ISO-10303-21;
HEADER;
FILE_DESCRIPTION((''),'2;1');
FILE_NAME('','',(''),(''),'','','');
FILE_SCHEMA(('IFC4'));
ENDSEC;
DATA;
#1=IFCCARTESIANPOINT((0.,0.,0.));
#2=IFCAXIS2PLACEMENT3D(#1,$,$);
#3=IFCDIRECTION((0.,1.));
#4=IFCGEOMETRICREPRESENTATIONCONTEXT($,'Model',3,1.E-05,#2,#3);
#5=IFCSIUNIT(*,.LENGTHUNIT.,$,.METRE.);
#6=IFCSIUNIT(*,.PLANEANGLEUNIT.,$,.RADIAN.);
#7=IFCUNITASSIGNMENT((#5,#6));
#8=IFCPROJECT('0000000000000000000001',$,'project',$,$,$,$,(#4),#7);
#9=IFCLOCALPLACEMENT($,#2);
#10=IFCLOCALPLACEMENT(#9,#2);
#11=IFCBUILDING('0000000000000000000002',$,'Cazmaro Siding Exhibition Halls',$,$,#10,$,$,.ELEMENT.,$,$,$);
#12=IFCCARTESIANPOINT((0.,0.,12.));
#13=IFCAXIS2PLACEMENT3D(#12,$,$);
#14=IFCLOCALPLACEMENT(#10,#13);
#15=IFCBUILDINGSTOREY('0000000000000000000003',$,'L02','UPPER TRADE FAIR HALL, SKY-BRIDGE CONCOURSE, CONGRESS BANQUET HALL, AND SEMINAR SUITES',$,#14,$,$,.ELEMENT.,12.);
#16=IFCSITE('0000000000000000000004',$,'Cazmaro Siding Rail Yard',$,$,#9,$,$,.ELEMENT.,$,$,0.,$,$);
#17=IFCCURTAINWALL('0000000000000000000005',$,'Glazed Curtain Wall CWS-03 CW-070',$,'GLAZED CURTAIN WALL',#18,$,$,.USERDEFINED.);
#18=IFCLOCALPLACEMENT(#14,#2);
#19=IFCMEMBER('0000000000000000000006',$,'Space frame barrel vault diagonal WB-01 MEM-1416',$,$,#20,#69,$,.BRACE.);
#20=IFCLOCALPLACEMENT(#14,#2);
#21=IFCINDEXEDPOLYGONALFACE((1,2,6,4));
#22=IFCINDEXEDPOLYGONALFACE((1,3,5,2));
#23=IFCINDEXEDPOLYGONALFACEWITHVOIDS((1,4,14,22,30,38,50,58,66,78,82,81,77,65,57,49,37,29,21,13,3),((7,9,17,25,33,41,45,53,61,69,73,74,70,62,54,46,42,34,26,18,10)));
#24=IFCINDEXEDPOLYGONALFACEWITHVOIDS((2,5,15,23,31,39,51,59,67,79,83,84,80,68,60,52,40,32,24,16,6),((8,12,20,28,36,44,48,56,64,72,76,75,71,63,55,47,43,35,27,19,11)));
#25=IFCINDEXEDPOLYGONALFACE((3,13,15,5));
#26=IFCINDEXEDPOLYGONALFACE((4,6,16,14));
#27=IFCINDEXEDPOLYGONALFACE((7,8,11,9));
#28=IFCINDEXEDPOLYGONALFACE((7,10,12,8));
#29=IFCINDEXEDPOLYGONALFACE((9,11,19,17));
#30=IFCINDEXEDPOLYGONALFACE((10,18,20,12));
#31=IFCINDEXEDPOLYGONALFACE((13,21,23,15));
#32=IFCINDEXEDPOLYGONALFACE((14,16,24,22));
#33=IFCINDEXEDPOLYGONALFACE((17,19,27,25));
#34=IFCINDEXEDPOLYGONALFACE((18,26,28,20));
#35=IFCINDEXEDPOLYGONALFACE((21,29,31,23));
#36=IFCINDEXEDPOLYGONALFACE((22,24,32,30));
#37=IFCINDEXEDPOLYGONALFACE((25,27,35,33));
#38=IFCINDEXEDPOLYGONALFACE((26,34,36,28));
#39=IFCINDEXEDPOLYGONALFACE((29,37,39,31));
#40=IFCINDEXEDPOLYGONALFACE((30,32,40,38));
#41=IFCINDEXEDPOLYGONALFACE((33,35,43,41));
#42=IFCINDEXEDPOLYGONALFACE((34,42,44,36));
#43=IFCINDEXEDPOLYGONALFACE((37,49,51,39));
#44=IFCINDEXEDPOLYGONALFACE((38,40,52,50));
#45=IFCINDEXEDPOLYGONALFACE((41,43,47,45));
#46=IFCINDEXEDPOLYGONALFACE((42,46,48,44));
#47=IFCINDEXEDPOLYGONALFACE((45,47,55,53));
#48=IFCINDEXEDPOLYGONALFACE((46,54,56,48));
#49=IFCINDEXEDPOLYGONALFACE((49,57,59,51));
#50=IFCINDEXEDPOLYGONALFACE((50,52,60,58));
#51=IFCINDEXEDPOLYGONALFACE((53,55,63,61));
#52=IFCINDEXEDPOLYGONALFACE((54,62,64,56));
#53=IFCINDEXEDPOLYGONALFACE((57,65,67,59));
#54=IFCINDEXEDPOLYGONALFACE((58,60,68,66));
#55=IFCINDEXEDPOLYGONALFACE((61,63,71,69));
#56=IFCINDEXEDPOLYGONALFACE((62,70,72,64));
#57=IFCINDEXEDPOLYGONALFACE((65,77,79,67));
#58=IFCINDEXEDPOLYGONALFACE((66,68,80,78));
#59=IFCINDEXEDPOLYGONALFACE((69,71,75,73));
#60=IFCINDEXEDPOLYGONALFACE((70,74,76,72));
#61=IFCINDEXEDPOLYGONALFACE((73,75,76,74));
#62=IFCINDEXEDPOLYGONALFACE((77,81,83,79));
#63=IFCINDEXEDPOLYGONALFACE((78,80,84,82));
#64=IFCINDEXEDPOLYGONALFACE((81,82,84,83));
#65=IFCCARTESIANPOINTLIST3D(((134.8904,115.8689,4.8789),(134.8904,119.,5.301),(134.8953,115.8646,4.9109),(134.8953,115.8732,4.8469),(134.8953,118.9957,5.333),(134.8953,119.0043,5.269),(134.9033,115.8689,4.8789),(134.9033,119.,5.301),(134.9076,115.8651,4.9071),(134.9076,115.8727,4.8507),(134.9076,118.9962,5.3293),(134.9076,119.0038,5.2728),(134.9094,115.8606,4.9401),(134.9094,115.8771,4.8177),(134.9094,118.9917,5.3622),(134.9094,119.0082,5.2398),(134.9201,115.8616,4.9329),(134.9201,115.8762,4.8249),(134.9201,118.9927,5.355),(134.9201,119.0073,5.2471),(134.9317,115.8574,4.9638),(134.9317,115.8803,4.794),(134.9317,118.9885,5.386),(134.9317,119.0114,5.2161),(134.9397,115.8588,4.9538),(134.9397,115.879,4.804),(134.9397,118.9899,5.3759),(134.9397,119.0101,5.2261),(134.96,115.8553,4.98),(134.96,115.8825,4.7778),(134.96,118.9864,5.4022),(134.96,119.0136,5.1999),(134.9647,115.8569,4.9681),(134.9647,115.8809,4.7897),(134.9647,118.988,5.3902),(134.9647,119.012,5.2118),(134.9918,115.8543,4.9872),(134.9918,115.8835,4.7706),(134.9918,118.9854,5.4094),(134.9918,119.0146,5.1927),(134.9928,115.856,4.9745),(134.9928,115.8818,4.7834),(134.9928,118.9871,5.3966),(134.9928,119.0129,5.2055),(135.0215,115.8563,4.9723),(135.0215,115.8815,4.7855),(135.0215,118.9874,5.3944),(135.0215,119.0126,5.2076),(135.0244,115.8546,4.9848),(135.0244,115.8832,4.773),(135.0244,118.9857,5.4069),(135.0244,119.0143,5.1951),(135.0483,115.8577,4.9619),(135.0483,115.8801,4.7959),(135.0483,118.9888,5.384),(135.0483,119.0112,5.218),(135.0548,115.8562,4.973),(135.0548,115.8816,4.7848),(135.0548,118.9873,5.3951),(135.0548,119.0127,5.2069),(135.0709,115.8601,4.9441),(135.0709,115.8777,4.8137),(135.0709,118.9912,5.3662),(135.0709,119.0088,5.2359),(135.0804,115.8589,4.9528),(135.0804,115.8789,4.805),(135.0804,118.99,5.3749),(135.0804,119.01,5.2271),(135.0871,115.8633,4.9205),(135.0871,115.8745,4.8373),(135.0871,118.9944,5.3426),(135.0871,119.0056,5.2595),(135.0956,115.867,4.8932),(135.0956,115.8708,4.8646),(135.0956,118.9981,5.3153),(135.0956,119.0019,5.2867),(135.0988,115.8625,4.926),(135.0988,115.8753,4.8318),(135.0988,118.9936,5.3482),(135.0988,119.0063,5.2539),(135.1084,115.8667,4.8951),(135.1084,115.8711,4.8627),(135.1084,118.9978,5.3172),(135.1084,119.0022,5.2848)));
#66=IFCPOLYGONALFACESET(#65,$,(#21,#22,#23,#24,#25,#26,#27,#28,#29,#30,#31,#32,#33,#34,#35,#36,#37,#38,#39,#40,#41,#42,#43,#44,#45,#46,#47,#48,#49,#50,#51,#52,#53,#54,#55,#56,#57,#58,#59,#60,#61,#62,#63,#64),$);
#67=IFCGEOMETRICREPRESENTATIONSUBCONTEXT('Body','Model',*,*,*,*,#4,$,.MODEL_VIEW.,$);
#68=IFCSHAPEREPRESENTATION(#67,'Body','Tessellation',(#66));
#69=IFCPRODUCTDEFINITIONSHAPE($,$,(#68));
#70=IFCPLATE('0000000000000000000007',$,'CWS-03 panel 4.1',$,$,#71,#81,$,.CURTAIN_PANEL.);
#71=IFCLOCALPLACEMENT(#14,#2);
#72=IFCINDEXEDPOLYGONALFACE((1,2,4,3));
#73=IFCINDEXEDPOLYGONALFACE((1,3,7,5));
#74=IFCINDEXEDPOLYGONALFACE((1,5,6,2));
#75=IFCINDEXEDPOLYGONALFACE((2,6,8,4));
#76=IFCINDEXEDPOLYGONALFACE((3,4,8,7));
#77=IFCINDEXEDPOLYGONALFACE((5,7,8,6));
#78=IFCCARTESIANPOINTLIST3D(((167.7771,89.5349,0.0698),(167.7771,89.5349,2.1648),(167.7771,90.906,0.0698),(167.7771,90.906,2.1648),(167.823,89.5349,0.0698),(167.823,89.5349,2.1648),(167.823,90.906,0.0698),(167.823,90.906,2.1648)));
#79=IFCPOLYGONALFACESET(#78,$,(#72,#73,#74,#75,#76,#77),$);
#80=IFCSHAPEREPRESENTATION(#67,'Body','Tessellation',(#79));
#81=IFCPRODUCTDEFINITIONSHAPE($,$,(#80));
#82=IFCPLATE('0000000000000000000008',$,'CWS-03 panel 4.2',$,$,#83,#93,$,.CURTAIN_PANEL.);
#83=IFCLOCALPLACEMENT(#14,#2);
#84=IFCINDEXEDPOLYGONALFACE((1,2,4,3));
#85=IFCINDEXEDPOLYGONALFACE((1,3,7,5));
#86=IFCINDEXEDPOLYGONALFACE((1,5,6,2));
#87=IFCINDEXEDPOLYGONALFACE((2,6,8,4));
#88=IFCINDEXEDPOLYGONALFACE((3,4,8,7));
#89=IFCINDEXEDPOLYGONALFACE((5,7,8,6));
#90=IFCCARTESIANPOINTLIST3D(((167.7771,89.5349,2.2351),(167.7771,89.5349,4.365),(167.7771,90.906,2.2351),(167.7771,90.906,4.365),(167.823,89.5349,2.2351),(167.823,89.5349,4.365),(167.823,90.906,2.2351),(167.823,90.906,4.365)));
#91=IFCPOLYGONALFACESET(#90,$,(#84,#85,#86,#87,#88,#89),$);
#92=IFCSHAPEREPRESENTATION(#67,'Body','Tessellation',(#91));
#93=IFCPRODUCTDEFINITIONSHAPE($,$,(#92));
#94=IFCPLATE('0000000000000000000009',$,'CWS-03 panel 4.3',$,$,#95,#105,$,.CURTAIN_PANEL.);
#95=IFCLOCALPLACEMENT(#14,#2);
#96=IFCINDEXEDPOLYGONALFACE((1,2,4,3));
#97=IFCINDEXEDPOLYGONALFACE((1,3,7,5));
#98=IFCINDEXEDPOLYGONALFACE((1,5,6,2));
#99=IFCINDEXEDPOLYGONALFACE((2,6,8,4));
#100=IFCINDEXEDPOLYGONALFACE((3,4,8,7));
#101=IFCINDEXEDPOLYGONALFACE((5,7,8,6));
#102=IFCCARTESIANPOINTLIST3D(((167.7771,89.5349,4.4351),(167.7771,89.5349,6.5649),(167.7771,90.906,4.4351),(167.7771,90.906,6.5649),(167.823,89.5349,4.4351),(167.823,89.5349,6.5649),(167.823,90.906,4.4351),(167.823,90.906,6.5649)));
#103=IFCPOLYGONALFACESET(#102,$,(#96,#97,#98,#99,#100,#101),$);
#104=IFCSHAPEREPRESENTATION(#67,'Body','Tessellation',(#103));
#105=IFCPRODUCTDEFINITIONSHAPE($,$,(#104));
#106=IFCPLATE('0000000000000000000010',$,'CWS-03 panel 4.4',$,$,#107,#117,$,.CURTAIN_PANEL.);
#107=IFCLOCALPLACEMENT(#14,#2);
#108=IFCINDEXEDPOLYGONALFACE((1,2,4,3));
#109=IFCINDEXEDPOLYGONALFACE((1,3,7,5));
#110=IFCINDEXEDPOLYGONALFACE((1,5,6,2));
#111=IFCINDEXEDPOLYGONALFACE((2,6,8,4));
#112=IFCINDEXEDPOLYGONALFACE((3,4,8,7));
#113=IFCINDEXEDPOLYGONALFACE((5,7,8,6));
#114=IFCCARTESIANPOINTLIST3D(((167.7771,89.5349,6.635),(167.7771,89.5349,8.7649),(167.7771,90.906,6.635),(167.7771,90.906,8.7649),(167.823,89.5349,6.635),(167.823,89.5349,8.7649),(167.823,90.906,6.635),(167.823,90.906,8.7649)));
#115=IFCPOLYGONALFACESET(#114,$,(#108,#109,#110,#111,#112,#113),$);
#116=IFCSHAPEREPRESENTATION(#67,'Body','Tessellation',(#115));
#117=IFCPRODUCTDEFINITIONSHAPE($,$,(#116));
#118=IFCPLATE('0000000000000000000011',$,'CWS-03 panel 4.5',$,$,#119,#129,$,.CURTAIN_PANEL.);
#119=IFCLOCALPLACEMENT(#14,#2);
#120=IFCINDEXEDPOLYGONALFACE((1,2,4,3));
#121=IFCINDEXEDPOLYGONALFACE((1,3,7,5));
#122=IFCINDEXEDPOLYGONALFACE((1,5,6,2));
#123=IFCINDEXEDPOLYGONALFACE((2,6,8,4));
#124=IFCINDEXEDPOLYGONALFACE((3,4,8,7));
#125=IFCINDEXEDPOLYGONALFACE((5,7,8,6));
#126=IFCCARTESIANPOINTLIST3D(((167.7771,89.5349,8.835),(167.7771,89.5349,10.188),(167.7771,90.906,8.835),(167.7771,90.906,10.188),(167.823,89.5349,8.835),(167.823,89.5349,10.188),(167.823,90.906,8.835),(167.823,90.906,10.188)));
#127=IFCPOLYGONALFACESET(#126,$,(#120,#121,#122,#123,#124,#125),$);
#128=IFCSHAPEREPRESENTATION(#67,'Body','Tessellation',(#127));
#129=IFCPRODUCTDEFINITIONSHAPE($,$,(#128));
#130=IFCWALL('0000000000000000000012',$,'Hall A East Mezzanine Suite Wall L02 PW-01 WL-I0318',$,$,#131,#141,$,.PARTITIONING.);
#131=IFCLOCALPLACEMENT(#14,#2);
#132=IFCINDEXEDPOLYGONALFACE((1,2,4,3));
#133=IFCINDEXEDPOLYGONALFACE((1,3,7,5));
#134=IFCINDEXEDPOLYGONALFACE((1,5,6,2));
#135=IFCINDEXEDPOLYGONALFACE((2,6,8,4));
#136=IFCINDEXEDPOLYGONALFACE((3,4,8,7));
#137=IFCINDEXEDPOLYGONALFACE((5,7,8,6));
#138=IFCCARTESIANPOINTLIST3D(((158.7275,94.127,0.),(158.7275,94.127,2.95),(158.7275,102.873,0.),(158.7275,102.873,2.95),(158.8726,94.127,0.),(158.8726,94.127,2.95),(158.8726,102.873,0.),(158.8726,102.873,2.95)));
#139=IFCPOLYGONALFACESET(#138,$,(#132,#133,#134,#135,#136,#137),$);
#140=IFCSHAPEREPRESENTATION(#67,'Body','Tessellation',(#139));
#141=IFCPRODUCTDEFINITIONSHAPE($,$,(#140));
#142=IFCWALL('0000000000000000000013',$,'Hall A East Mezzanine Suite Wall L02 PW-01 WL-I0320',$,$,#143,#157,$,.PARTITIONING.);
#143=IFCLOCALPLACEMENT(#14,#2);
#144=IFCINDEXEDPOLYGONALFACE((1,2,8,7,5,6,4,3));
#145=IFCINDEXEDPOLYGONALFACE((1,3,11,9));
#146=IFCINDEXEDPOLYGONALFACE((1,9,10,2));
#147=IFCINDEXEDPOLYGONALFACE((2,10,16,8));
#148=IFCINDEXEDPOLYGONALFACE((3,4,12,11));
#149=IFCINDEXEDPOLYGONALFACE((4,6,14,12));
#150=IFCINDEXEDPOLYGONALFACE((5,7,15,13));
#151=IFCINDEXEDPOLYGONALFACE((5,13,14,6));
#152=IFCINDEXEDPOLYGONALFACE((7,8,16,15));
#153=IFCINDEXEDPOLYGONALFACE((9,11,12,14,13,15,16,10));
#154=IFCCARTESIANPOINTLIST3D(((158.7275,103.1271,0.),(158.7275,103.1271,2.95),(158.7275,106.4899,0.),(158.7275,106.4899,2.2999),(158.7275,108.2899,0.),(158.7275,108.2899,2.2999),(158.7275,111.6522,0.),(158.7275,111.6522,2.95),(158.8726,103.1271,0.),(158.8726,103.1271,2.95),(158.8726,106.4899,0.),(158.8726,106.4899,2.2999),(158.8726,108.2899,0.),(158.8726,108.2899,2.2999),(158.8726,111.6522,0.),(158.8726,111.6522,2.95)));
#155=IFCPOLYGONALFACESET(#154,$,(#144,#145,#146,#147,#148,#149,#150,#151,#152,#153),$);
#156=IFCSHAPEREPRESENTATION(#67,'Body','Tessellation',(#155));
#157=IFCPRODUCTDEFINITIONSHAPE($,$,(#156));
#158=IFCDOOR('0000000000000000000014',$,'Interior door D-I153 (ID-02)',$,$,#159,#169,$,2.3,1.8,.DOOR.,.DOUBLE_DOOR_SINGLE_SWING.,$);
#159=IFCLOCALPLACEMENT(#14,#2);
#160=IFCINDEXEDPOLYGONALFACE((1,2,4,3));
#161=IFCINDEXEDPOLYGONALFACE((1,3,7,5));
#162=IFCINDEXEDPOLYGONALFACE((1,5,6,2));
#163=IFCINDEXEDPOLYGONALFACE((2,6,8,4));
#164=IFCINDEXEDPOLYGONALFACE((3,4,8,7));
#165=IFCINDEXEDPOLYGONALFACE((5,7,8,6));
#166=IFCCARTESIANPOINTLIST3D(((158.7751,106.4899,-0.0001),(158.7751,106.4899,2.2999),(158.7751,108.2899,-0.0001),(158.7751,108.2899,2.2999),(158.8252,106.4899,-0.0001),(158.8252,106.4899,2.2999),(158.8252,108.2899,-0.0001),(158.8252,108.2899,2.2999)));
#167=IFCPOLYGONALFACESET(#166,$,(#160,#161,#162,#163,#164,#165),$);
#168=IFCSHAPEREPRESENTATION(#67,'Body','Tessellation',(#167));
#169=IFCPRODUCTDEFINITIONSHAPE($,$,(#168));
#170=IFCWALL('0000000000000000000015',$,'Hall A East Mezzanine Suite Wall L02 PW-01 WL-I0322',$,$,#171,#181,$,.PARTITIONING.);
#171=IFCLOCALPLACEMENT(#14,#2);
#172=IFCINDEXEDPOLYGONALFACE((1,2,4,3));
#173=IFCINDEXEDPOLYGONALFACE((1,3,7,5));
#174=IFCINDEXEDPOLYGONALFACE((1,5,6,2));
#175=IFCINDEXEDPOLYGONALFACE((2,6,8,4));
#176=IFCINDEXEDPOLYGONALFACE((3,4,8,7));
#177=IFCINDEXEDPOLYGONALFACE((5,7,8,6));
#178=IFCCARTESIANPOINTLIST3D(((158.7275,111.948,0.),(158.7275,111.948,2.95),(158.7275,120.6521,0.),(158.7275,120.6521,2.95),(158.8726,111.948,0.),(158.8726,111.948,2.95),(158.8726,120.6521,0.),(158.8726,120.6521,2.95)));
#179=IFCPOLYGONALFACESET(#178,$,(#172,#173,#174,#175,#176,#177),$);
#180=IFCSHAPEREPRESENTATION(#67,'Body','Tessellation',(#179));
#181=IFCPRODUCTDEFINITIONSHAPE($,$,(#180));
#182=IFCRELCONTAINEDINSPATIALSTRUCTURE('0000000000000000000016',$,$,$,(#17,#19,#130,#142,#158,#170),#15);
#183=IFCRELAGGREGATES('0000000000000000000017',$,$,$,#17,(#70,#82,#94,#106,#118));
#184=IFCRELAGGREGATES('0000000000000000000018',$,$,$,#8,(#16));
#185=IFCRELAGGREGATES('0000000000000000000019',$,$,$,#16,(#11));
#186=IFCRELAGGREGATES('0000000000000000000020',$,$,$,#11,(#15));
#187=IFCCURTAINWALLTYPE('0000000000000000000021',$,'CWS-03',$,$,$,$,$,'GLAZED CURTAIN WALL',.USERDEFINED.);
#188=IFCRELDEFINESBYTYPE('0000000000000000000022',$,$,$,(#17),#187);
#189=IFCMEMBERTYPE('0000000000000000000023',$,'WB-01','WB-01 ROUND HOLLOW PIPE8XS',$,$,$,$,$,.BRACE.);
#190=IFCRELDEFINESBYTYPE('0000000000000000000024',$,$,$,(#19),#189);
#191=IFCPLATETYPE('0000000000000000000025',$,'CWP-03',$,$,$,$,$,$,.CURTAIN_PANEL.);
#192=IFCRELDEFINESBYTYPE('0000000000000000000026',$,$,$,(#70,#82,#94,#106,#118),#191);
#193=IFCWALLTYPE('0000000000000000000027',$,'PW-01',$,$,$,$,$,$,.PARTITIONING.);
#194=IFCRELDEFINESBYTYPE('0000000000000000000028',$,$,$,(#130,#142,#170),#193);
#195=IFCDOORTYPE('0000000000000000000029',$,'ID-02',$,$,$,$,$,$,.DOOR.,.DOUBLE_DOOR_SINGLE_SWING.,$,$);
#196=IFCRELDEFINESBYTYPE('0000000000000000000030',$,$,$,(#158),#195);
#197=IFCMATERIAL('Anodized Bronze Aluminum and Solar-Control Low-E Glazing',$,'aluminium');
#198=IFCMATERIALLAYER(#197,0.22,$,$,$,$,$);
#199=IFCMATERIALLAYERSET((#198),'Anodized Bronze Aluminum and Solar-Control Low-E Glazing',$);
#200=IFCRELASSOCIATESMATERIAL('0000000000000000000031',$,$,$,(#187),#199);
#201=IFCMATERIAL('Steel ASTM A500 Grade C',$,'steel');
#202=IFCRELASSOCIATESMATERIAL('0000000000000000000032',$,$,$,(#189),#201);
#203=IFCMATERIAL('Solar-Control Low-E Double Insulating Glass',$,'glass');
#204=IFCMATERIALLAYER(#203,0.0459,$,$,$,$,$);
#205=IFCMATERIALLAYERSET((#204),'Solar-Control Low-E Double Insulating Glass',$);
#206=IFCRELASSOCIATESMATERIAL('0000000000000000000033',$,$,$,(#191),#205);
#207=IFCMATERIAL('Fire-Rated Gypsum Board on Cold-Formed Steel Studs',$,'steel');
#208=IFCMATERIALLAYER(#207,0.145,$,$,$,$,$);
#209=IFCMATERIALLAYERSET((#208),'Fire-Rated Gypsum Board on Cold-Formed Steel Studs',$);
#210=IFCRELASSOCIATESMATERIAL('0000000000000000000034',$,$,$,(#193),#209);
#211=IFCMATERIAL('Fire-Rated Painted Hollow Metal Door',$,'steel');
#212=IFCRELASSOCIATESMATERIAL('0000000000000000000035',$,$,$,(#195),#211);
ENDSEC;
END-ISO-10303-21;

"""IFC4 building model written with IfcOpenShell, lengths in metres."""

from ifc_helpers import new_model, si_unit, direction, frame, frame_2d, origin, origin_2d, place, context, subcontext, project, spatial, rectangle, hollow_circle, extrude, material, layer, layer_set, material_profile, profile_set, type_object, element, fill, aggregate, save


model = new_model("IFC4")

# Units and contexts
model_context = context("Model", 3, precision=1e-05, world=origin(), true_north=direction((0.0, 1.0)))
body_context = subcontext(model_context, "Body", "Model", "MODEL_VIEW")
ifc_project = project(units=[si_unit("LENGTHUNIT", "METRE"), si_unit("PLANEANGLEUNIT", "RADIAN")], contexts=[model_context])

# Site, building, storey
site_placement = place(None, origin())
site = spatial("IfcSite", under=ifc_project, at=site_placement, Name="Cazmaro Siding Rail Yard", CompositionType="ELEMENT", RefElevation=0.0)
building_placement = place(site_placement, origin())
building = spatial("IfcBuilding", under=site, at=building_placement, Name="Cazmaro Siding Exhibition Halls", CompositionType="ELEMENT")
storey_placement = place(building_placement, frame((0.0, 0.0, 12.0)))
storey = spatial("IfcBuildingStorey", under=building, at=storey_placement, Name="L02", Description="UPPER TRADE FAIR HALL, SKY-BRIDGE CONCOURSE, CONGRESS BANQUET HALL, AND SEMINAR SUITES", CompositionType="ELEMENT", Elevation=12.0)

# Curtain wall
ifc_material_1 = material(Name="Anodized Bronze Aluminum and Solar-Control Low-E Glazing", Category="aluminium")
ifc_layer_1 = layer(ifc_material_1, 0.22)
ifc_layer_set_1 = layer_set([ifc_layer_1], Name="Anodized Bronze Aluminum and Solar-Control Low-E Glazing")
curtain_wall_type = type_object("IfcCurtainWallType", Name="CWS-03", ElementType="GLAZED CURTAIN WALL", PredefinedType="USERDEFINED", material=ifc_layer_set_1)
curtain_wall_placement = place(storey_placement, origin())
curtain_wall = element("IfcCurtainWall", 1, at=curtain_wall_placement, inside=storey, type_object=curtain_wall_type, Name="Glazed Curtain Wall CWS-03 CW-070", ObjectType="GLAZED CURTAIN WALL", PredefinedType="USERDEFINED")

# Member
ifc_material_2 = material(Name="Steel ASTM A500 Grade C", Category="steel")
ifc_material_profile_1 = material_profile(ifc_material_2, hollow_circle(Radius=0.1096, WallThickness=0.0129, at=origin_2d()), Name="PIPE8XS")
ifc_profile_set_1 = profile_set([ifc_material_profile_1], Name="Steel ASTM A500 Grade C")
member_type_1 = type_object("IfcMemberType", Name="WB-01", Description="WB-01 ROUND HOLLOW PIPE8XS", PredefinedType="BRACE", material=ifc_profile_set_1)
member_1_placement = place(storey_placement, frame((135.0, 115.8689, 4.8789), z_axis=(0.0, 0.991035, 0.133606), x_axis=(-1.0, 0.0, 0.0)))
element("IfcMember", 2, at=member_1_placement, inside=storey, type_object=member_type_1, Name="Space frame barrel vault diagonal WB-01 MEM-1416", PredefinedType="BRACE", context=body_context, shape_type="SweptSolid", body=[
    extrude(hollow_circle(Radius=0.1096, WallThickness=0.0129, at=origin_2d()), origin(), (0.0, 0.0, 1.0), 3.1594),
])

# Plates
ifc_material_3 = material(Name="Solar-Control Low-E Double Insulating Glass", Category="glass")
ifc_layer_2 = layer(ifc_material_3, 0.0459)
ifc_layer_set_2 = layer_set([ifc_layer_2], Name="Solar-Control Low-E Double Insulating Glass")
plate_type = type_object("IfcPlateType", Name="CWP-03", PredefinedType="CURTAIN_PANEL", material=ifc_layer_set_2)
plate_1_placement = place(storey_placement, frame((167.8, 90.2205, 0.0698), z_axis=(0.0, 0.0, 1.0), x_axis=(0.0, 1.0, 0.0)))
plate_1 = element("IfcPlate", 3, at=plate_1_placement, type_object=plate_type, Name="CWS-03 panel 4.1", PredefinedType="CURTAIN_PANEL", context=body_context, shape_type="SweptSolid", body=[
    extrude(rectangle(XDim=1.3711, YDim=0.0459, at=origin_2d()), origin(), (0.0, 0.0, 1.0), 2.095),
])
plate_2_placement = place(storey_placement, frame((167.8, 90.2205, 2.2351), z_axis=(0.0, 0.0, 1.0), x_axis=(0.0, 1.0, 0.0)))
plate_2 = element("IfcPlate", 4, at=plate_2_placement, type_object=plate_type, Name="CWS-03 panel 4.2", PredefinedType="CURTAIN_PANEL", context=body_context, shape_type="SweptSolid", body=[
    extrude(rectangle(XDim=1.3711, YDim=0.0459, at=origin_2d()), origin(), (0.0, 0.0, 1.0), 2.1299),
])
plate_3_placement = place(storey_placement, frame((167.8, 90.2205, 4.4351), z_axis=(0.0, 0.0, 1.0), x_axis=(0.0, 1.0, 0.0)))
plate_3 = element("IfcPlate", 5, at=plate_3_placement, type_object=plate_type, Name="CWS-03 panel 4.3", PredefinedType="CURTAIN_PANEL", context=body_context, shape_type="SweptSolid", body=[
    extrude(rectangle(XDim=1.3711, YDim=0.0459, at=origin_2d()), origin(), (0.0, 0.0, 1.0), 2.1299),
])
plate_4_placement = place(storey_placement, frame((167.8, 90.2205, 6.635), z_axis=(0.0, 0.0, 1.0), x_axis=(0.0, 1.0, 0.0)))
plate_4 = element("IfcPlate", 6, at=plate_4_placement, type_object=plate_type, Name="CWS-03 panel 4.4", PredefinedType="CURTAIN_PANEL", context=body_context, shape_type="SweptSolid", body=[
    extrude(rectangle(XDim=1.3711, YDim=0.0459, at=origin_2d()), origin(), (0.0, 0.0, 1.0), 2.1299),
])
plate_5_placement = place(storey_placement, frame((167.8, 90.2205, 8.835), z_axis=(0.0, 0.0, 1.0), x_axis=(0.0, 1.0, 0.0)))
plate_5 = element("IfcPlate", 7, at=plate_5_placement, type_object=plate_type, Name="CWS-03 panel 4.5", PredefinedType="CURTAIN_PANEL", context=body_context, shape_type="SweptSolid", body=[
    extrude(rectangle(XDim=1.3711, YDim=0.0459, at=origin_2d()), origin(), (0.0, 0.0, 1.0), 1.353),
])
aggregate(curtain_wall, [plate_1, plate_2, plate_3, plate_4, plate_5])

# Wall
ifc_material_4 = material(Name="Fire-Rated Gypsum Board on Cold-Formed Steel Studs", Category="steel")
ifc_layer_3 = layer(ifc_material_4, 0.145)
ifc_layer_set_3 = layer_set([ifc_layer_3], Name="Fire-Rated Gypsum Board on Cold-Formed Steel Studs")
wall_type = type_object("IfcWallType", Name="PW-01", PredefinedType="PARTITIONING", material=ifc_layer_set_3)
wall_1_placement = place(storey_placement, frame((158.8, 94.127, 0.0), z_axis=(0.0, 0.0, 1.0), x_axis=(0.0, 1.0, 0.0)))
element("IfcWall", 8, at=wall_1_placement, inside=storey, type_object=wall_type, Name="Hall A East Mezzanine Suite Wall L02 PW-01 WL-I0318", PredefinedType="PARTITIONING", context=body_context, shape_type="SweptSolid", body=[
    extrude(rectangle(XDim=8.7461, YDim=0.145, at=frame_2d((4.373, 0.0))), origin(), (0.0, 0.0, 1.0), 2.95),
])

# Wall, opening, door
wall_2_placement = place(storey_placement, frame((158.8, 103.127, 0.0), z_axis=(0.0, 0.0, 1.0), x_axis=(0.0, 1.0, 0.0)))
wall_2 = element("IfcWall", 9, at=wall_2_placement, inside=storey, type_object=wall_type, Name="Hall A East Mezzanine Suite Wall L02 PW-01 WL-I0320", PredefinedType="PARTITIONING", context=body_context, shape_type="SweptSolid", body=[
    extrude(rectangle(XDim=8.5251, YDim=0.145, at=frame_2d((4.2627, 0.0))), origin(), (0.0, 0.0, 1.0), 2.95),
])
opening_placement = place(wall_2_placement, frame((3.363, 0.0, 0.0)))
opening = element("IfcOpeningElement", 10, at=opening_placement, cuts=wall_2, PredefinedType="OPENING", context=body_context, shape_type="SweptSolid", body=[
    extrude(rectangle(XDim=1.8, YDim=2.3, at=frame_2d((0.8999, 1.1499))), frame((0.0, 0.0825, 0.0), z_axis=(0.0, -1.0, 0.0), x_axis=(1.0, 0.0, 0.0)), (0.0, 0.0, 1.0), 0.165),
])
ifc_material_5 = material(Name="Fire-Rated Painted Hollow Metal Door", Category="steel")
door_type = type_object("IfcDoorType", Name="ID-02", OperationType="DOUBLE_DOOR_SINGLE_SWING", PredefinedType="DOOR", material=ifc_material_5)
door_placement = place(opening_placement, origin())
door = element("IfcDoor", 11, at=door_placement, inside=storey, type_object=door_type, Name="Interior door D-I153 (ID-02)", OperationType="DOUBLE_DOOR_SINGLE_SWING", OverallHeight=2.3, OverallWidth=1.8, PredefinedType="DOOR", context=body_context, shape_type="SweptSolid", body=[
    extrude(rectangle(XDim=1.8, YDim=2.3, at=frame_2d((0.8999, 1.1499))), frame((0.0, 0.0249, 0.0), z_axis=(0.0, -1.0, 0.0), x_axis=(1.0, 0.0, 0.0)), (0.0, 0.0, 1.0), 0.05),
])
fill(opening, door)

# Wall
wall_3_placement = place(storey_placement, frame((158.8, 111.948, 0.0), z_axis=(0.0, 0.0, 1.0), x_axis=(0.0, 1.0, 0.0)))
element("IfcWall", 12, at=wall_3_placement, inside=storey, type_object=wall_type, Name="Hall A East Mezzanine Suite Wall L02 PW-01 WL-I0322", PredefinedType="PARTITIONING", context=body_context, shape_type="SweptSolid", body=[
    extrude(rectangle(XDim=8.7041, YDim=0.145, at=frame_2d((4.3521, 0.0))), origin(), (0.0, 0.0, 1.0), 2.95),
])

save(model, "model.ifc")
